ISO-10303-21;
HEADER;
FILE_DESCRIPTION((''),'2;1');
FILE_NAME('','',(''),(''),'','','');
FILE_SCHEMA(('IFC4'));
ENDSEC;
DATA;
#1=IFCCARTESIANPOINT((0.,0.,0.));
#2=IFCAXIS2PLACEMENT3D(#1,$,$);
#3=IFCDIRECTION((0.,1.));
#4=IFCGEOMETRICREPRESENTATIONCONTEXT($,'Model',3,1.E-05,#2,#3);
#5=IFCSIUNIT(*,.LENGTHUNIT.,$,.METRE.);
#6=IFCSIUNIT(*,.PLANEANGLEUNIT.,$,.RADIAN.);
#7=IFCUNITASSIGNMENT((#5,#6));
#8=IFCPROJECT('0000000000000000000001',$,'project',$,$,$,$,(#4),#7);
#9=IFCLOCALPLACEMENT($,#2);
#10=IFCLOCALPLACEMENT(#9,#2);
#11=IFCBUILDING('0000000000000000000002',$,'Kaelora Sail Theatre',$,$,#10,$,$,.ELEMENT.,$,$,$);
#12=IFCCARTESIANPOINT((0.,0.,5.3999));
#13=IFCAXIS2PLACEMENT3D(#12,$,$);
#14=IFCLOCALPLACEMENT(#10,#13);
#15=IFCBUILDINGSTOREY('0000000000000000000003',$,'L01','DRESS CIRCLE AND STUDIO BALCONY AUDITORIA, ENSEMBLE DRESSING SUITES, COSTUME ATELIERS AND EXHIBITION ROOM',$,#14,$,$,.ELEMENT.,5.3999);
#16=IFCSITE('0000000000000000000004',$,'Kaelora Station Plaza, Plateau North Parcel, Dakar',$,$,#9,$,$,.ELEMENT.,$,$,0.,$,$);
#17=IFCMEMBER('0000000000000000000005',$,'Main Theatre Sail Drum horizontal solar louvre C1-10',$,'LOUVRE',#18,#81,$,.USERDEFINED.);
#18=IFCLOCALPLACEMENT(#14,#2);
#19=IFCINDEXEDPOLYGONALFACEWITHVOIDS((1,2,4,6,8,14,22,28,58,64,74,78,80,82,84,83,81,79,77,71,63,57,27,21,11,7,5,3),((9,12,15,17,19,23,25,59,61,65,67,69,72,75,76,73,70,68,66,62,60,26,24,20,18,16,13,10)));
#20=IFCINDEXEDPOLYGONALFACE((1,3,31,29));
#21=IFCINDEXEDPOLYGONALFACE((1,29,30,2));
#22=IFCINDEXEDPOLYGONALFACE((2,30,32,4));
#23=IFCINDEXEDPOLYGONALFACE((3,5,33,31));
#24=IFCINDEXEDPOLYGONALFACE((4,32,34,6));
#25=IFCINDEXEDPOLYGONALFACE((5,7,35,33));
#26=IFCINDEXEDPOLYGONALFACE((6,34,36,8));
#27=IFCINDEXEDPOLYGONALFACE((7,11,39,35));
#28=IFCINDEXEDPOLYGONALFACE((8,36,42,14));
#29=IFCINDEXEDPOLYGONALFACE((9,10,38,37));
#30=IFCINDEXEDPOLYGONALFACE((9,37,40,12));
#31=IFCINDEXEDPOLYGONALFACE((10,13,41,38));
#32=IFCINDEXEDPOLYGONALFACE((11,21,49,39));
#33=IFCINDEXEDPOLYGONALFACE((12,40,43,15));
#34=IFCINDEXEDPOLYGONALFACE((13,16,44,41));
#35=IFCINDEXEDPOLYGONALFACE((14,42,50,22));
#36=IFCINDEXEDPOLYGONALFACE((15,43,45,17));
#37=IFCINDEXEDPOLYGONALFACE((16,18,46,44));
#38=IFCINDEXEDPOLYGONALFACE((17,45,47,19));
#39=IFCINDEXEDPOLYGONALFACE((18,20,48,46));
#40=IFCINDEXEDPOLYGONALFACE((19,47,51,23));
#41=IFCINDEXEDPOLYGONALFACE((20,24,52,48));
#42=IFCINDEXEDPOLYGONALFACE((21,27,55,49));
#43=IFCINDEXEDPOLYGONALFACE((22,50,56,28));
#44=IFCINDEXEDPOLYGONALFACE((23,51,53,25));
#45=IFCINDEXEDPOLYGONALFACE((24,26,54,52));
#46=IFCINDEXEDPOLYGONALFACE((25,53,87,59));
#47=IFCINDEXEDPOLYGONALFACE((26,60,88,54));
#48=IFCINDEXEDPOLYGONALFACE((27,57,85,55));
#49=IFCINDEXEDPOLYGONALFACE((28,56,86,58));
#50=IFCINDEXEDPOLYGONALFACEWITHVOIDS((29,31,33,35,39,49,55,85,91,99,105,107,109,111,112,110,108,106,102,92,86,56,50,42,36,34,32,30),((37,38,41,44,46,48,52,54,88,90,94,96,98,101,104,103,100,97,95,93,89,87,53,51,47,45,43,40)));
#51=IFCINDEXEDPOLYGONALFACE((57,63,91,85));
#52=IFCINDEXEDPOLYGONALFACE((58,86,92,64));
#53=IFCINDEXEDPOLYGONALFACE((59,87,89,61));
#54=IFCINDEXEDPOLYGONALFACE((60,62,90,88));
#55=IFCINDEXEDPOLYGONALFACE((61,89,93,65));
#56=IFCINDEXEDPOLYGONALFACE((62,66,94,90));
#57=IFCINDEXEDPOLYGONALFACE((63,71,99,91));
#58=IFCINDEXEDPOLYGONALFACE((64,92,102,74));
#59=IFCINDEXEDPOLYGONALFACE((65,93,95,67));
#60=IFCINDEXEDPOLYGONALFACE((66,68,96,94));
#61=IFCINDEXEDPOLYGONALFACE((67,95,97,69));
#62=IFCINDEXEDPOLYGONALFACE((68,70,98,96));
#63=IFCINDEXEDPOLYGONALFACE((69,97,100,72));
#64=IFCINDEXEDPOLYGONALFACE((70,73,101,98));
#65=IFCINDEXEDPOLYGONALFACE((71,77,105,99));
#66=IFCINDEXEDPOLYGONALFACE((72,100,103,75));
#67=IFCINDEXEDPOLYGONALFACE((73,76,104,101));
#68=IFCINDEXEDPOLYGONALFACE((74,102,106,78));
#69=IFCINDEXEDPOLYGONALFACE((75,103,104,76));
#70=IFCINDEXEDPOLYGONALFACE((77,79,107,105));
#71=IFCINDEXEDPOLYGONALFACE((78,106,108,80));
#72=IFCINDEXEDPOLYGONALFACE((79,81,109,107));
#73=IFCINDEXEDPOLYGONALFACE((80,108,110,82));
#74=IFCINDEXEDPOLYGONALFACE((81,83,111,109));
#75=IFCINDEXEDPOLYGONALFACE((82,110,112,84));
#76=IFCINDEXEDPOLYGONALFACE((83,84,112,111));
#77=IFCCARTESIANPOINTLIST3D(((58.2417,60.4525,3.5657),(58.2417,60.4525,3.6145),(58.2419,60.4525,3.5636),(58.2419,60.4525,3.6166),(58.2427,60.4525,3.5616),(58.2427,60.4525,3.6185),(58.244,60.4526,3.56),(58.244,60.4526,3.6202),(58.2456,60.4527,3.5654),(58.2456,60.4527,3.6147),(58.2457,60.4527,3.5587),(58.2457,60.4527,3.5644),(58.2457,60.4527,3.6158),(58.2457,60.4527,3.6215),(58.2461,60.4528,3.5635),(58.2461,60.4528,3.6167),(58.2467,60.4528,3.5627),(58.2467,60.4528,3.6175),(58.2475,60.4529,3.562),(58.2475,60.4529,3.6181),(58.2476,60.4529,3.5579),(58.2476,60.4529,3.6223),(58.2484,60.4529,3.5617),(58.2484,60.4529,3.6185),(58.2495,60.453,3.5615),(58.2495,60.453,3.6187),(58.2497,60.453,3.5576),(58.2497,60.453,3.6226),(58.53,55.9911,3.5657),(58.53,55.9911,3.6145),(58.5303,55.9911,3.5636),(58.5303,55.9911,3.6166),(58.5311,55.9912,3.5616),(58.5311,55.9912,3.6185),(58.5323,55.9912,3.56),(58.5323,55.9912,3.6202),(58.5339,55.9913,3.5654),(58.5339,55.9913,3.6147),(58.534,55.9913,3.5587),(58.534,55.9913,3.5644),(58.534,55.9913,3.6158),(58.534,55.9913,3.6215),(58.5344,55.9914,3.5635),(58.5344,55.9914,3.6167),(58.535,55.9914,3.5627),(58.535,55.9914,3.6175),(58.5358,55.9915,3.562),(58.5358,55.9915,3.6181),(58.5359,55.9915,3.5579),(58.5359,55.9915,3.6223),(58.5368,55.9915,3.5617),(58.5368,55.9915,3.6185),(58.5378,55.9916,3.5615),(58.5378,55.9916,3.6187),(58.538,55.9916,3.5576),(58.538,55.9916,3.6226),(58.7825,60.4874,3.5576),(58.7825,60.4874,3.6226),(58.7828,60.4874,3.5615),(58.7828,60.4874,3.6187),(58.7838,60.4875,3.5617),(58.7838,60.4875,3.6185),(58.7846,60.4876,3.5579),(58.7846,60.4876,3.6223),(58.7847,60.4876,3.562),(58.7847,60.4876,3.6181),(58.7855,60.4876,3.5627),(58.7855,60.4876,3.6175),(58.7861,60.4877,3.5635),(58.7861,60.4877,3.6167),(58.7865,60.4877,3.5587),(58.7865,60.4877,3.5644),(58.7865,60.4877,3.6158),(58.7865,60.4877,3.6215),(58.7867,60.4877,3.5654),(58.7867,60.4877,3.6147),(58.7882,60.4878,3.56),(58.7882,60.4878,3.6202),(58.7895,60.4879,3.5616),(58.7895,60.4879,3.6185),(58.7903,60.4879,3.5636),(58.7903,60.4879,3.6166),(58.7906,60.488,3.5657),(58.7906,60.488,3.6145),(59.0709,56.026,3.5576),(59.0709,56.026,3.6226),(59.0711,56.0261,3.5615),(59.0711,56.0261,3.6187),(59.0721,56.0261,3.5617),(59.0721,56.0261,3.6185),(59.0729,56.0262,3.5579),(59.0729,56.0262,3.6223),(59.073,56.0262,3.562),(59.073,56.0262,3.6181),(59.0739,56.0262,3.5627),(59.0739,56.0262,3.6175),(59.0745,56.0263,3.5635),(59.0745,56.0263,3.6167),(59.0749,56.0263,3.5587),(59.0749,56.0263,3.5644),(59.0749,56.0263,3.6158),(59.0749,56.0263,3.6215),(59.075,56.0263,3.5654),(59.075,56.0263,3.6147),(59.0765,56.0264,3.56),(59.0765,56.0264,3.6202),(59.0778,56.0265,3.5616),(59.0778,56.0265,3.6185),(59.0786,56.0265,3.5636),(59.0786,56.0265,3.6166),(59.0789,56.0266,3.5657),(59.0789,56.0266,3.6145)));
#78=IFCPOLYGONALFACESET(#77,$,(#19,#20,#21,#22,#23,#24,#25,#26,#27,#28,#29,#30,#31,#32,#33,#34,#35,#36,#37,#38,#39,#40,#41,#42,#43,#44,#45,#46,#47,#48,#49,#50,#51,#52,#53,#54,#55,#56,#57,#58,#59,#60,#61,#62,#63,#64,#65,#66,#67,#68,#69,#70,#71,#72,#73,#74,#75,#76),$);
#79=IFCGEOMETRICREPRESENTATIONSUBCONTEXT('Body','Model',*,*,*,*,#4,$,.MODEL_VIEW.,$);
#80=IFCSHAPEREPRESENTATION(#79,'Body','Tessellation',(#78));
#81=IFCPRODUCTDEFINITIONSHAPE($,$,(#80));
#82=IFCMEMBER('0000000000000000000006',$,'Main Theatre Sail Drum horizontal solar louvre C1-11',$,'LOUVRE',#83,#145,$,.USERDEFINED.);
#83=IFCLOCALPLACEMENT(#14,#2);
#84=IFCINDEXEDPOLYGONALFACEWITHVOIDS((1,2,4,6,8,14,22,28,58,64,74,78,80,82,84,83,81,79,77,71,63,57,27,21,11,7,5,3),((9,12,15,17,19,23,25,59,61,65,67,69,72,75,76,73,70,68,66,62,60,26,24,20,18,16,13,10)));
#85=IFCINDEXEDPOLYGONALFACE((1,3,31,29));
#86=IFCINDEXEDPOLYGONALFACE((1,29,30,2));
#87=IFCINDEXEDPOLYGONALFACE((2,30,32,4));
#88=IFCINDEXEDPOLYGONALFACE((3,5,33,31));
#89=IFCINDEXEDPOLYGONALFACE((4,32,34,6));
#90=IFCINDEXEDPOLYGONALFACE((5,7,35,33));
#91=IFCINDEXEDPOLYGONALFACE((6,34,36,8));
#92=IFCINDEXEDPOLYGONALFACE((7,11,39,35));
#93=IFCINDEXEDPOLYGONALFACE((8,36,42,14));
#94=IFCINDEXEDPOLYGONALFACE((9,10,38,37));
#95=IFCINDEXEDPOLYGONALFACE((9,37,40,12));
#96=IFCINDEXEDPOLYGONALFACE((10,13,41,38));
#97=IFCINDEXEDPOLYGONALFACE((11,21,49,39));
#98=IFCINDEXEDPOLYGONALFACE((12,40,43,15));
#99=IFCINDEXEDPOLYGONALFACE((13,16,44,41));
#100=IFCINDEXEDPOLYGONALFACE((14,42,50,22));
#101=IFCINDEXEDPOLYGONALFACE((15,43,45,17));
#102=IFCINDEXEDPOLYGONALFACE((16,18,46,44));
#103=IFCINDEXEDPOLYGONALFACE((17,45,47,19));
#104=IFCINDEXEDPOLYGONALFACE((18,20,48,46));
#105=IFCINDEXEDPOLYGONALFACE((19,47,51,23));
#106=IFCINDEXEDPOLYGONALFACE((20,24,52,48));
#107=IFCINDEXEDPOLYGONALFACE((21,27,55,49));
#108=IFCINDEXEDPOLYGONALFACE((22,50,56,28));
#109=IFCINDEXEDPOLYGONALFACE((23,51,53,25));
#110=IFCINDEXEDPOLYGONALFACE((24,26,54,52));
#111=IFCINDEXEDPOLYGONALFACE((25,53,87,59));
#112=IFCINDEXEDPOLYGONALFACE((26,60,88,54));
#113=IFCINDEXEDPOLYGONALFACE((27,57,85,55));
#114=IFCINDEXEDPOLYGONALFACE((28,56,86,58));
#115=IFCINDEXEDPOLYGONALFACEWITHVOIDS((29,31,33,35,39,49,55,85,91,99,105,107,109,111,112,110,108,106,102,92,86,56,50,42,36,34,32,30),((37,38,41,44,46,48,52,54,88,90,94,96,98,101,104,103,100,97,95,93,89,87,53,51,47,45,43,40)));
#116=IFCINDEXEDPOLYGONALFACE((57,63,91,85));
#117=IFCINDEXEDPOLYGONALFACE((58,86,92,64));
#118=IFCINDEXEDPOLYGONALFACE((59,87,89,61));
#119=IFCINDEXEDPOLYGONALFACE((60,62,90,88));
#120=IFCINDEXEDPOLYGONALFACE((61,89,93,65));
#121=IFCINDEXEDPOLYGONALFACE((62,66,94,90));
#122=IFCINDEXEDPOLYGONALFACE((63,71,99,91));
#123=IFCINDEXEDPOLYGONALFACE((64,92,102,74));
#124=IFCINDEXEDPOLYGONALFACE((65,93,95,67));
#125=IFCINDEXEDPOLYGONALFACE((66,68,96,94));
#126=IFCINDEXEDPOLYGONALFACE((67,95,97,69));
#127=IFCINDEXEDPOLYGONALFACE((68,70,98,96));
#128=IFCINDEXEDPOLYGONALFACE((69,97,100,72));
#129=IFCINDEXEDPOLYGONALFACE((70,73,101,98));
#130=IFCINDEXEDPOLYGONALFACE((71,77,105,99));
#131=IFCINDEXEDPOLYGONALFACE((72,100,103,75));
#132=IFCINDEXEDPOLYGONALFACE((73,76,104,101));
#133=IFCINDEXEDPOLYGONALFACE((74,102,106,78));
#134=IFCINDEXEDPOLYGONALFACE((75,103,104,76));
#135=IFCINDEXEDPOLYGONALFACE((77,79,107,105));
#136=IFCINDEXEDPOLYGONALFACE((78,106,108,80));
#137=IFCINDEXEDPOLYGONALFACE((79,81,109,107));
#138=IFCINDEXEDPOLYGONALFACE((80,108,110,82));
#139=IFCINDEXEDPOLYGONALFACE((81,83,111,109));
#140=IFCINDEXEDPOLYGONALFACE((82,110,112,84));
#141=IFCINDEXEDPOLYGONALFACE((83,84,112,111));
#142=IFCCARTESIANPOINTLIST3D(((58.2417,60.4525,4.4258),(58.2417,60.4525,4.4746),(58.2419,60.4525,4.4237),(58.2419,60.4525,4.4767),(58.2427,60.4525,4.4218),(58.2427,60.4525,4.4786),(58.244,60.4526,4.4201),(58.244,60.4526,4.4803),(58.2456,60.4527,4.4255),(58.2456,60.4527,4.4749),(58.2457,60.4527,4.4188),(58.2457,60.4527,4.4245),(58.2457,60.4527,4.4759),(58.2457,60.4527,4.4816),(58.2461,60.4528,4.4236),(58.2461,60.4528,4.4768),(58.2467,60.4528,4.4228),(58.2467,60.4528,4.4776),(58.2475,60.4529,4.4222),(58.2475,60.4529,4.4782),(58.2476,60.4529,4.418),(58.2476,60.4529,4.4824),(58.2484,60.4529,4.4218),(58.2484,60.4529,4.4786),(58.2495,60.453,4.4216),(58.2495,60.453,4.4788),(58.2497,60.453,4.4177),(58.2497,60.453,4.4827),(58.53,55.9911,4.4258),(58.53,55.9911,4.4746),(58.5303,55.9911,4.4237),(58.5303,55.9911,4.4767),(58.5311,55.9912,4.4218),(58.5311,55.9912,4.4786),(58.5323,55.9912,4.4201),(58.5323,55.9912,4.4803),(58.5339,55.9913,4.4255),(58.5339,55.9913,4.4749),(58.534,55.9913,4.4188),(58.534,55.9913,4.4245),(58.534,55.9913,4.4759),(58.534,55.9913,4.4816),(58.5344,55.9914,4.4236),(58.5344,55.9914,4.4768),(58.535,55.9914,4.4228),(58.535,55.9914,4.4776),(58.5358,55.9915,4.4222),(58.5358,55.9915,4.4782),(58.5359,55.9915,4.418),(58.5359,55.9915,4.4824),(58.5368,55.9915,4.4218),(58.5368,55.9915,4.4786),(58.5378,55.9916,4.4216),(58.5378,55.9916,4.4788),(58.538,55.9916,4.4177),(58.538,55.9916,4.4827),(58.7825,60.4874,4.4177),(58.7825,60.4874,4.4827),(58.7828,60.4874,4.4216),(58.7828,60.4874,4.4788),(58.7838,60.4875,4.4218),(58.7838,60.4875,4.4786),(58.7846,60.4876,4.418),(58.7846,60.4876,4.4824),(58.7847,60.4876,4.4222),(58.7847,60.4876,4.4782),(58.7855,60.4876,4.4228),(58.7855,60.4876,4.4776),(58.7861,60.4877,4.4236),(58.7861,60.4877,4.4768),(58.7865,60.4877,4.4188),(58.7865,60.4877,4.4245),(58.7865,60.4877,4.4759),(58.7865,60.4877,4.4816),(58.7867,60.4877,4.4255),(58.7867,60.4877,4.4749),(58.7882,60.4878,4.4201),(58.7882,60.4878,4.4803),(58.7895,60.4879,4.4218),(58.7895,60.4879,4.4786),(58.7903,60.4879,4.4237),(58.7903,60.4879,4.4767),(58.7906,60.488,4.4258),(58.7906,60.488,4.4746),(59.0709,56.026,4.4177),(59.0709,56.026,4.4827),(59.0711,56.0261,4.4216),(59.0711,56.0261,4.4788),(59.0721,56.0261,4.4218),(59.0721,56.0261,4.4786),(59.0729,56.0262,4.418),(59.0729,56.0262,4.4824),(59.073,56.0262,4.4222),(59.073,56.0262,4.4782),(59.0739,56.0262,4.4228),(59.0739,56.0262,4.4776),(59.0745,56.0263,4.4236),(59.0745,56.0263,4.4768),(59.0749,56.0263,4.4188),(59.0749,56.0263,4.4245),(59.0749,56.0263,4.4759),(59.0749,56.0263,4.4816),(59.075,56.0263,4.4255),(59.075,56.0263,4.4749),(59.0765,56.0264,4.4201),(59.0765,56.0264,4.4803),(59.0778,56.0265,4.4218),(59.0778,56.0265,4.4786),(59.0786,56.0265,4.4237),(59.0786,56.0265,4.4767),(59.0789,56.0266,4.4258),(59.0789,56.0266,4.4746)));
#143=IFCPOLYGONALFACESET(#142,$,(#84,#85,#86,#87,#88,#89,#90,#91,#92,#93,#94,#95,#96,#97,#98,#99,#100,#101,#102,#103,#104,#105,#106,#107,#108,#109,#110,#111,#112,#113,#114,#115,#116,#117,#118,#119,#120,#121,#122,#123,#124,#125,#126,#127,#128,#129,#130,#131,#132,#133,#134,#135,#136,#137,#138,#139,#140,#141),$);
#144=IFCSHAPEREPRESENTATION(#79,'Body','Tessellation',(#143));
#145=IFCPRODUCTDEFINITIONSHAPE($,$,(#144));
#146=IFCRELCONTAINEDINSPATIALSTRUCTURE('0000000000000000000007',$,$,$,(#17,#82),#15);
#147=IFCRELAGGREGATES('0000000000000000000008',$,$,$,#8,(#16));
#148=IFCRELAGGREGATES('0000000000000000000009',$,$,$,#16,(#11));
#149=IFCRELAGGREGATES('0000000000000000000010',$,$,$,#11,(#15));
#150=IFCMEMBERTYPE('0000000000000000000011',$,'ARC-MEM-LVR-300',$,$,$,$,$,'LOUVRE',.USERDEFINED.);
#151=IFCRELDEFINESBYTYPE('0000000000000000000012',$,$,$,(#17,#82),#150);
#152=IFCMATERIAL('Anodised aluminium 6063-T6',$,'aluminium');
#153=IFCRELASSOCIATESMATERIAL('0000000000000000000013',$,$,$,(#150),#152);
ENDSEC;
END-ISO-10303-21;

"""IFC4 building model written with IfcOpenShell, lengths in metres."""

from ifc_helpers import new_model, si_unit, direction, frame, origin, origin_2d, place, context, subcontext, project, spatial, hollow_rectangle, extrude, material, material_profile, profile_set, type_object, element, save


model = new_model("IFC4")

# Units and contexts
model_context = context("Model", 3, precision=1e-05, world=origin(), true_north=direction((0.0, 1.0)))
body_context = subcontext(model_context, "Body", "Model", "MODEL_VIEW")
ifc_project = project(units=[si_unit("LENGTHUNIT", "METRE"), si_unit("PLANEANGLEUNIT", "RADIAN")], contexts=[model_context])

# Site, building, storey
site_placement = place(None, origin())
site = spatial("IfcSite", under=ifc_project, at=site_placement, Name="Kaelora Station Plaza, Plateau North Parcel, Dakar", CompositionType="ELEMENT", RefElevation=0.0)
building_placement = place(site_placement, origin())
building = spatial("IfcBuilding", under=site, at=building_placement, Name="Kaelora Sail Theatre", CompositionType="ELEMENT")
storey_placement = place(building_placement, frame((0.0, 0.0, 5.3999)))
storey = spatial("IfcBuildingStorey", under=building, at=storey_placement, Name="L01", Description="DRESS CIRCLE AND STUDIO BALCONY AUDITORIA, ENSEMBLE DRESSING SUITES, COSTUME ATELIERS AND EXHIBITION ROOM", CompositionType="ELEMENT", Elevation=5.3999)

# Members
ifc_material_1 = material(Name="Anodised aluminium 6063-T6", Category="aluminium")
ifc_material_profile_1 = material_profile(ifc_material_1, hollow_rectangle(XDim=0.55, YDim=0.0649, WallThickness=0.0039, InnerFilletRadius=0.0039, OuterFilletRadius=0.0081, at=origin_2d()), Name="LOUVRE 550x65x4")
ifc_profile_set_1 = profile_set([ifc_material_profile_1], Name="Anodised aluminium 6063-T6")
member_type_1 = type_object("IfcMemberType", Name="ARC-MEM-LVR-300", ElementType="LOUVRE", PredefinedType="USERDEFINED", material=ifc_profile_set_1)
for number, where, z_axis, x_axis, name in (
    (1, (58.5161, 60.4702, 3.5901), (0.064493, -0.997918, 0.0), (0.997918, 0.064493, 0.0), "Main Theatre Sail Drum horizontal solar louvre C1-10"),
    (2, (58.5161, 60.4702, 4.4502), (0.064493, -0.997918, 0.0), (0.997918, 0.064493, 0.0), "Main Theatre Sail Drum horizontal solar louvre C1-11"),
):
    element("IfcMember", number, at=place(storey_placement, frame(where, z_axis=z_axis, x_axis=x_axis)), inside=storey, type_object=member_type_1, Name=name, ObjectType="LOUVRE", PredefinedType="USERDEFINED", context=body_context, shape_type="SweptSolid", body=[
        extrude(hollow_rectangle(XDim=0.55, YDim=0.0649, WallThickness=0.0039, InnerFilletRadius=0.0039, OuterFilletRadius=0.0081, at=origin_2d()), origin(), (0.0, 0.0, 1.0), 4.4707),
    ])

save(model, "model.ifc")
